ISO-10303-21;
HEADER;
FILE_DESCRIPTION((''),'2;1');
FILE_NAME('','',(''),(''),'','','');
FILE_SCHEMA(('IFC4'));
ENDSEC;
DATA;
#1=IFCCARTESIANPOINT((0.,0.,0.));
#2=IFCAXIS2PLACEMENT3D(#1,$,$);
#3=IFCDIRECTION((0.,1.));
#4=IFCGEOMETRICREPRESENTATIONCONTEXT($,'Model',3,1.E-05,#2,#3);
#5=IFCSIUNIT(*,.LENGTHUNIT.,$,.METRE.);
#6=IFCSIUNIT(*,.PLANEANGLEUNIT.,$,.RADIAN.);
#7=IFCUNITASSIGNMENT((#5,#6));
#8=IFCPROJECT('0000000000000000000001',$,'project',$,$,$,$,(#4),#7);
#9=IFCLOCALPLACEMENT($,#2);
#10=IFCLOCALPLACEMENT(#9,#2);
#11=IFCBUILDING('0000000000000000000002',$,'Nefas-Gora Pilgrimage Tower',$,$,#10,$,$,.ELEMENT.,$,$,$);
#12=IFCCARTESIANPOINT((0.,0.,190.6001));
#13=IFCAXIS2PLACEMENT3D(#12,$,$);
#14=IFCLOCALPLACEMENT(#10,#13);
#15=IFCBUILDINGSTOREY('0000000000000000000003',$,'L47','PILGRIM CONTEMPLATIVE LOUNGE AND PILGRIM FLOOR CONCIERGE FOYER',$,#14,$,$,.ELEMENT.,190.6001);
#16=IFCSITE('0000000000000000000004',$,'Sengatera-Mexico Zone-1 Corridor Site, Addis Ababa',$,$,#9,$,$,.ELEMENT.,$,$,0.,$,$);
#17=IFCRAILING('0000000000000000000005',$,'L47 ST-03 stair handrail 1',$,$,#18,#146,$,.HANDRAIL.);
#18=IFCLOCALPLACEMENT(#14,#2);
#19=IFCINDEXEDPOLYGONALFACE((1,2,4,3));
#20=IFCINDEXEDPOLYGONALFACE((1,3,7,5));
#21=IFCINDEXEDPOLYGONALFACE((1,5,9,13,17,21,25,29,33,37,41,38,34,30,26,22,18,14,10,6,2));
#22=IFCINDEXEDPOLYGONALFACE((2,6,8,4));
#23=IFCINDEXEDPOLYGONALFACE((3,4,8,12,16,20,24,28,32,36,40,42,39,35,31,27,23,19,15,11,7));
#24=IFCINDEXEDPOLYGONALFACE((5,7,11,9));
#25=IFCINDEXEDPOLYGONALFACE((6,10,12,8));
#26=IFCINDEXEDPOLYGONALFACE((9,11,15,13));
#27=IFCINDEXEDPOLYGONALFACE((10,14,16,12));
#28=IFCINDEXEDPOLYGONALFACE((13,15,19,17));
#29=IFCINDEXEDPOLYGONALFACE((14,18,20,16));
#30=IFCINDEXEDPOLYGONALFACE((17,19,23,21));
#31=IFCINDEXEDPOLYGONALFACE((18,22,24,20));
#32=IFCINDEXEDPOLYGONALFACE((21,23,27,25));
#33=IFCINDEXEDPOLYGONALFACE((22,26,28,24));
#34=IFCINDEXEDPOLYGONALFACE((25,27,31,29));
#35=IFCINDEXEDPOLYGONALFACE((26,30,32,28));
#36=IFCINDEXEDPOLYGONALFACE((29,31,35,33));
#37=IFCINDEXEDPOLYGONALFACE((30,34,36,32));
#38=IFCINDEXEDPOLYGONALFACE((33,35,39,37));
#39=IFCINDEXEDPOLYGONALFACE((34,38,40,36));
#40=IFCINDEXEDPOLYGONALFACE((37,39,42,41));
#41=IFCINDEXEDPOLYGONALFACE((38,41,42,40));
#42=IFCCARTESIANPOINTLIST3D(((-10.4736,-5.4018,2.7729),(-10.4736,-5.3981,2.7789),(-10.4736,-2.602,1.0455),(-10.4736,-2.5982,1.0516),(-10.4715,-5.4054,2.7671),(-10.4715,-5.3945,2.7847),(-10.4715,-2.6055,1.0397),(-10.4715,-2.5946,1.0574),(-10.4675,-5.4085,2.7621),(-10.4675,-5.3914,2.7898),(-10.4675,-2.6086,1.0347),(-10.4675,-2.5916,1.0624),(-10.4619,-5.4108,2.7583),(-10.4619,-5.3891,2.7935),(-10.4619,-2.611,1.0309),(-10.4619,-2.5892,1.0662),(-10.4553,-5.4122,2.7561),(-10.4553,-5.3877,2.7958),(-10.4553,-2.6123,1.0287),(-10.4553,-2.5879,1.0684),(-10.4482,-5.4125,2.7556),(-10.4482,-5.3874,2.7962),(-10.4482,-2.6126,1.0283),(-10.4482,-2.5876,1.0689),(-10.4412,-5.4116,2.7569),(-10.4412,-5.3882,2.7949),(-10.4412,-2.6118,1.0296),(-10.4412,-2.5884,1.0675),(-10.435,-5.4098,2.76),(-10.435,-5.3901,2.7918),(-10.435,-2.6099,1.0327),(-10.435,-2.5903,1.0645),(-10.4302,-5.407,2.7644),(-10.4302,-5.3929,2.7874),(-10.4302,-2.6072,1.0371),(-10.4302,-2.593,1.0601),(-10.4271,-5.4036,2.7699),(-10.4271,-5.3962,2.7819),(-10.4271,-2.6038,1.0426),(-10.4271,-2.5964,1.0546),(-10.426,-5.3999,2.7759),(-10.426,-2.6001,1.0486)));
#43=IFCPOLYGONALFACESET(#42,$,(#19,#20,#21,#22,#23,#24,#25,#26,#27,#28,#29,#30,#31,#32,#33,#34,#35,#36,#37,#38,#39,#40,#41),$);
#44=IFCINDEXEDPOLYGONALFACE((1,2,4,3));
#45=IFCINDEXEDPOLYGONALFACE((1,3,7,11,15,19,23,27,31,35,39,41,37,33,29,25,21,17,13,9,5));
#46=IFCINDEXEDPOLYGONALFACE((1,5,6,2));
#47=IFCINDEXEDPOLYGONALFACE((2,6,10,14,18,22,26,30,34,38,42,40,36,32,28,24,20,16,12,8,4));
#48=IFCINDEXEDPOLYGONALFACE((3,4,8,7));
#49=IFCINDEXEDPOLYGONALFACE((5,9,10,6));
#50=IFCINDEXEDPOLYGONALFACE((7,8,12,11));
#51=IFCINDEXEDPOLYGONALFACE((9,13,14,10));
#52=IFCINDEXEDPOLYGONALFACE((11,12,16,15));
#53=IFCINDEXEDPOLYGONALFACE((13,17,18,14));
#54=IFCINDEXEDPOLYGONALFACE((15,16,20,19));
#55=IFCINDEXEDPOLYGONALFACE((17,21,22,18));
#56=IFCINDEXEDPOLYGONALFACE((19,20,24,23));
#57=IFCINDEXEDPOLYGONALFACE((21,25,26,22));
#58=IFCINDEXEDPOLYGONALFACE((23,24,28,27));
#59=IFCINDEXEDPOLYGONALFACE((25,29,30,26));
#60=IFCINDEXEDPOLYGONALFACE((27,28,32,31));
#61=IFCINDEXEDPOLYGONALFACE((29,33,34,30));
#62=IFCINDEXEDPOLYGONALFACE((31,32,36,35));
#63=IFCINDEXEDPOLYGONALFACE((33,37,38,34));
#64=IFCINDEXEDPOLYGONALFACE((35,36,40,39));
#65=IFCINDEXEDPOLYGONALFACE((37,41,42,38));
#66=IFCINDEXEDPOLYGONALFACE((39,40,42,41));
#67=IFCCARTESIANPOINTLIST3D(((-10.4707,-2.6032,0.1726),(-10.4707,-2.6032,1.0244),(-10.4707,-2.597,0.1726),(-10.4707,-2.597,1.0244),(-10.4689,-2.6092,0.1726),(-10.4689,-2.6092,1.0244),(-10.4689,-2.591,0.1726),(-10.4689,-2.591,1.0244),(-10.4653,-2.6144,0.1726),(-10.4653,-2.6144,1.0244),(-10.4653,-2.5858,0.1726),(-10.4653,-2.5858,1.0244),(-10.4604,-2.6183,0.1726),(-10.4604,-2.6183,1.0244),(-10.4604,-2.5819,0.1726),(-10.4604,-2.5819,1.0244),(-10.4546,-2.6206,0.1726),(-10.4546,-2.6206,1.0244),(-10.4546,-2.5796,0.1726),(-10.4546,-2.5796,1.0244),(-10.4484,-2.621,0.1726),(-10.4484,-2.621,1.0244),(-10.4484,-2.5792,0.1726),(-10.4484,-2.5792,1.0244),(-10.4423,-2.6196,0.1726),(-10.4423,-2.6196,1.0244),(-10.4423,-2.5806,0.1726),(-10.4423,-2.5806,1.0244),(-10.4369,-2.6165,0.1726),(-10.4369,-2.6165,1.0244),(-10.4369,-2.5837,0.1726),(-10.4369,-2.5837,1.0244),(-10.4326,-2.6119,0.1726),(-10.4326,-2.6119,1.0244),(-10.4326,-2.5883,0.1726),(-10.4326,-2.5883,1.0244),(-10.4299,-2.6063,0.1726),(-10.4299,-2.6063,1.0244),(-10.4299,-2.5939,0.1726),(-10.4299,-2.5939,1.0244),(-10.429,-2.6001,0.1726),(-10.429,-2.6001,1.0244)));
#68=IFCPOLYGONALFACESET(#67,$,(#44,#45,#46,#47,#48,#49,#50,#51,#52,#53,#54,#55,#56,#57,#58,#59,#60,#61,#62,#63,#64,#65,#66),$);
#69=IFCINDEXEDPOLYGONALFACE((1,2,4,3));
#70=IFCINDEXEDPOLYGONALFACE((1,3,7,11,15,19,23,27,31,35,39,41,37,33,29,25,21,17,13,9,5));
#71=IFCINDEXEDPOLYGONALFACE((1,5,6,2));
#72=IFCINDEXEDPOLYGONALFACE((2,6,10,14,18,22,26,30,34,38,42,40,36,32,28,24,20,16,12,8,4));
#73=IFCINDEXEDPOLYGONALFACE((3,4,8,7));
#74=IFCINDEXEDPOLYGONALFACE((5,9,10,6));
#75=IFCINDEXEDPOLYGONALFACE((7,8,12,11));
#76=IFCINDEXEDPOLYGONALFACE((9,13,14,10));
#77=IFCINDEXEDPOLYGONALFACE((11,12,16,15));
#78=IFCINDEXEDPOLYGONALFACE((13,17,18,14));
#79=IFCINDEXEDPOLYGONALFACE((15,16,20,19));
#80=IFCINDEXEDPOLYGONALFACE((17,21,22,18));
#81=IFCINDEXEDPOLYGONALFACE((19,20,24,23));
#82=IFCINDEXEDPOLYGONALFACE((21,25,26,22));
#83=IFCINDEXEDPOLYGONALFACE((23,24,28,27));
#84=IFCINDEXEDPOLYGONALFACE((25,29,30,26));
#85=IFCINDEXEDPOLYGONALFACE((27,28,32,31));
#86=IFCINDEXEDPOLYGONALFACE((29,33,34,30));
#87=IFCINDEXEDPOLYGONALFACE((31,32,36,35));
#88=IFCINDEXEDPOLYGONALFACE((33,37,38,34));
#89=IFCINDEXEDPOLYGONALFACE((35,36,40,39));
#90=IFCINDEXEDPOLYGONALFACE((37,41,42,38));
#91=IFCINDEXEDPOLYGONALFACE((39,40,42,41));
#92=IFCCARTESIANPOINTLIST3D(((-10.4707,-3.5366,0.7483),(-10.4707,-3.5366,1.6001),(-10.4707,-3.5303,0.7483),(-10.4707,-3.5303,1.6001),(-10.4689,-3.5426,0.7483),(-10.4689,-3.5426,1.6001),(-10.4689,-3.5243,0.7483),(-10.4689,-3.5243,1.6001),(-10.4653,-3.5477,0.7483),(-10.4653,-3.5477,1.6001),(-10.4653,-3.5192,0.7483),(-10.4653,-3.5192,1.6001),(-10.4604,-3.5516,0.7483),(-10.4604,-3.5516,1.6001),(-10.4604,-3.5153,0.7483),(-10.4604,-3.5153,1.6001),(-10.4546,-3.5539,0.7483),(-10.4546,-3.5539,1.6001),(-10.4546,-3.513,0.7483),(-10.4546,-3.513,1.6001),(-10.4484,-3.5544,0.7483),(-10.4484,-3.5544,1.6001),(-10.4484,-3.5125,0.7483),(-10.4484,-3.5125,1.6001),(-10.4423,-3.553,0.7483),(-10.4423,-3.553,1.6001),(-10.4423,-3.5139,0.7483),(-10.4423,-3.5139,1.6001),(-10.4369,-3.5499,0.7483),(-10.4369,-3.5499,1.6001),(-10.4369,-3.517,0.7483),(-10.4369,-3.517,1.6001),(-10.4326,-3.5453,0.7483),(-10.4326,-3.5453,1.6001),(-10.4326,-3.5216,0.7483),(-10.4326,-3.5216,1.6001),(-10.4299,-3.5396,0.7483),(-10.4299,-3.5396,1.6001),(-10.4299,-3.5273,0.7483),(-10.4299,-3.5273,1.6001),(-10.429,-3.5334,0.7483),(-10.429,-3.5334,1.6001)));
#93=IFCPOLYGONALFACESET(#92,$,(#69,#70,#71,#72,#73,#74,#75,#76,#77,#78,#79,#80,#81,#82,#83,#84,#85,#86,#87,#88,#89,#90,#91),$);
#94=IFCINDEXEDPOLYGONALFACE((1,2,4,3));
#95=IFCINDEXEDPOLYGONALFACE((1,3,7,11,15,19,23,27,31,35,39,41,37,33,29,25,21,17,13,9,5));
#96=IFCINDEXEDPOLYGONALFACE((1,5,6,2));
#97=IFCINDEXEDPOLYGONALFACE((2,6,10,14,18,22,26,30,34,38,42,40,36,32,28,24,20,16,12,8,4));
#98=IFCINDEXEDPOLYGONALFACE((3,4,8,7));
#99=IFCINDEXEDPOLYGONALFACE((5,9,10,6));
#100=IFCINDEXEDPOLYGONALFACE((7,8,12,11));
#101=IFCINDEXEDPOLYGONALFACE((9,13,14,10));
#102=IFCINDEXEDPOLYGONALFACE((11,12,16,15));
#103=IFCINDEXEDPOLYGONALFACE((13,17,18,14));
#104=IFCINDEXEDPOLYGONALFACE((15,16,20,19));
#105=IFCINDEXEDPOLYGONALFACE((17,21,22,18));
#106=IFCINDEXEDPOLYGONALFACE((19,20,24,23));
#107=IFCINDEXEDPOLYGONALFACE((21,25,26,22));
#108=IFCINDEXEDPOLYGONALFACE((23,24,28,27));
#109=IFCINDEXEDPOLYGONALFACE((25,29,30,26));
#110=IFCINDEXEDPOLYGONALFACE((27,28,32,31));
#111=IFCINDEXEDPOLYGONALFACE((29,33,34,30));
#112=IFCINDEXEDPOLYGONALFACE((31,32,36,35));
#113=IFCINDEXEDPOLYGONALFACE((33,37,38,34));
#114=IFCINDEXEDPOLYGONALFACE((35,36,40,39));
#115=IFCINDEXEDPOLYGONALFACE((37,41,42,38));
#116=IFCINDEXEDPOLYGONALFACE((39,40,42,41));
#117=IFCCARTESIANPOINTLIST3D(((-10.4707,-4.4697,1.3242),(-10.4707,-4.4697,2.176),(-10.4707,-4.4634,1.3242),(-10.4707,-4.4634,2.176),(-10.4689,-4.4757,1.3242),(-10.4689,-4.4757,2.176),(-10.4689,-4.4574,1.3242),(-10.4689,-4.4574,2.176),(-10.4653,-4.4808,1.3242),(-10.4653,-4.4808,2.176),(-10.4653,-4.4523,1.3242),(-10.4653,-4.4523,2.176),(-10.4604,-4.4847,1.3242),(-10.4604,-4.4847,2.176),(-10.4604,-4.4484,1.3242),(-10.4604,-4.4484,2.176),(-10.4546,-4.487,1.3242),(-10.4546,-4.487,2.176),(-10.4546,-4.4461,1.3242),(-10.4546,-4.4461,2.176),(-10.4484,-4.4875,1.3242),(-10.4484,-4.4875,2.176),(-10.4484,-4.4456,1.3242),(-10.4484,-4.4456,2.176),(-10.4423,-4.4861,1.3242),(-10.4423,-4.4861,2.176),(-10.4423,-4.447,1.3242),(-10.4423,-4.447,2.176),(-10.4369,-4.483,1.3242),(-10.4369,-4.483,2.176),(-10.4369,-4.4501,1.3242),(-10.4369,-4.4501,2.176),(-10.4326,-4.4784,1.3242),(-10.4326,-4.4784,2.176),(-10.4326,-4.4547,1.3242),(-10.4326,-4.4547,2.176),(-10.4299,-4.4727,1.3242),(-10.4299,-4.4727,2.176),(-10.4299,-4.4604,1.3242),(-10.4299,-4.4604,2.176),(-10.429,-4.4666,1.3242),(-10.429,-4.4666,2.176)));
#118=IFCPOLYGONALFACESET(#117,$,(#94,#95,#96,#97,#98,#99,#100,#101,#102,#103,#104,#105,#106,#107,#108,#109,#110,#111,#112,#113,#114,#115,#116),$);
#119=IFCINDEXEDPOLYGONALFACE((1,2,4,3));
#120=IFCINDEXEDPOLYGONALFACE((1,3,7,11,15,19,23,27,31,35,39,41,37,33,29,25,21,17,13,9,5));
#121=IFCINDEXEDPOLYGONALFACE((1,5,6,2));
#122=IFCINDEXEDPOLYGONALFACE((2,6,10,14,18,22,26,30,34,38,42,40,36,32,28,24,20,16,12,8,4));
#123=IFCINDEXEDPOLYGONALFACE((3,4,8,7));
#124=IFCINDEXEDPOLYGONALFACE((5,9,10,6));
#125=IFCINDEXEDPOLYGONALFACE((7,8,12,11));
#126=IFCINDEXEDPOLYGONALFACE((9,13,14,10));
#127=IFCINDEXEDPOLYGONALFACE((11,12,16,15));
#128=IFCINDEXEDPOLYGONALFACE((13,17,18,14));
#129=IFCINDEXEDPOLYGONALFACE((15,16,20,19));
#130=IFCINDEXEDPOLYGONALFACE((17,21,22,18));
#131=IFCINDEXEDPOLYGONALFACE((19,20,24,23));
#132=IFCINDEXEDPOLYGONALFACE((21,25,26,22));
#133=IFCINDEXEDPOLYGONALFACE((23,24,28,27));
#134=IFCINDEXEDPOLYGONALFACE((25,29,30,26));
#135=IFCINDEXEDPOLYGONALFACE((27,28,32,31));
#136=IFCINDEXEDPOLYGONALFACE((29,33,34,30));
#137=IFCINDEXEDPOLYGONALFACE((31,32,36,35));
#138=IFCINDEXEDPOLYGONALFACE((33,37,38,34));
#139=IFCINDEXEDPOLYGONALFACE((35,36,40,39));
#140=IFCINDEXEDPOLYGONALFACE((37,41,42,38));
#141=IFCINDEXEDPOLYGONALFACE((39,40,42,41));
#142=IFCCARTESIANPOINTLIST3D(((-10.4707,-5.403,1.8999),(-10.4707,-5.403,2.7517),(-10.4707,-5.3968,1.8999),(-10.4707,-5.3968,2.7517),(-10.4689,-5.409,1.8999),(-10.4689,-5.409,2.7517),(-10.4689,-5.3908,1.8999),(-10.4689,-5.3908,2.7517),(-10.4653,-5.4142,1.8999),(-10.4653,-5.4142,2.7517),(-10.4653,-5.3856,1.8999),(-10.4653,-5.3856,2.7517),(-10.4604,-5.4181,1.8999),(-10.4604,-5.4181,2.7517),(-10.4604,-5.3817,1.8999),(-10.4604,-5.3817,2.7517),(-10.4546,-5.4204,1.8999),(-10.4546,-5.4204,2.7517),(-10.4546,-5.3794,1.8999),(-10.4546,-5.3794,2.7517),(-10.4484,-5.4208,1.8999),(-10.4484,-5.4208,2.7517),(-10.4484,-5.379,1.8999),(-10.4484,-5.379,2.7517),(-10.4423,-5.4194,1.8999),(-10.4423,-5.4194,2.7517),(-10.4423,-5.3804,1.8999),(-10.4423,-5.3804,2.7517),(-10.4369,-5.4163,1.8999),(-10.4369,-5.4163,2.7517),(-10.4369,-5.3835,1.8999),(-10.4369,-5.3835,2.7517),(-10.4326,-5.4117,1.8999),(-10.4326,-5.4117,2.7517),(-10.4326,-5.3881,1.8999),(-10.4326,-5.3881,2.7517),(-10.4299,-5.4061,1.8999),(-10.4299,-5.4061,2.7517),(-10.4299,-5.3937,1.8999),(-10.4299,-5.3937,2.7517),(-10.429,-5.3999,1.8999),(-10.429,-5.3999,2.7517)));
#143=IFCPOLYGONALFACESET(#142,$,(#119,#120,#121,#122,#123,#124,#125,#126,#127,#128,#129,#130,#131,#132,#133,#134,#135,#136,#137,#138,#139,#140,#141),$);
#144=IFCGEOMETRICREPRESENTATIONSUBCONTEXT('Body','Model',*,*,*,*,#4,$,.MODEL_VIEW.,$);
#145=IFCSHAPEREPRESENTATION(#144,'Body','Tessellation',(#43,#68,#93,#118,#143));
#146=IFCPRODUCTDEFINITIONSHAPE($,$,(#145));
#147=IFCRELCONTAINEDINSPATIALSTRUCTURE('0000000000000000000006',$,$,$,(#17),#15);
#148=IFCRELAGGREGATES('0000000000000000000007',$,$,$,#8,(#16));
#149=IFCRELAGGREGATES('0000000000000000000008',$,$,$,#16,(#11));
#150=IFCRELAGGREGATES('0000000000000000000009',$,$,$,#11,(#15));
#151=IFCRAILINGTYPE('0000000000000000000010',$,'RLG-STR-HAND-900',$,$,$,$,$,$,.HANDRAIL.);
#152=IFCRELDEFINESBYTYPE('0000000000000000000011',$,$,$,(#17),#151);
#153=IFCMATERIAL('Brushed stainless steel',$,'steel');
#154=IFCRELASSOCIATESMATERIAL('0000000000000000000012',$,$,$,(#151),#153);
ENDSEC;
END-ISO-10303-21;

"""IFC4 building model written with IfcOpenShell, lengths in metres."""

from ifc_helpers import new_model, si_unit, direction, frame, origin, origin_2d, place, context, subcontext, project, spatial, circle, extrude, material, type_object, element, save


model = new_model("IFC4")

# Units and contexts
model_context = context("Model", 3, precision=1e-05, world=origin(), true_north=direction((0.0, 1.0)))
body_context = subcontext(model_context, "Body", "Model", "MODEL_VIEW")
ifc_project = project(units=[si_unit("LENGTHUNIT", "METRE"), si_unit("PLANEANGLEUNIT", "RADIAN")], contexts=[model_context])

# Site, building, storey
site_placement = place(None, origin())
site = spatial("IfcSite", under=ifc_project, at=site_placement, Name="Sengatera-Mexico Zone-1 Corridor Site, Addis Ababa", CompositionType="ELEMENT", RefElevation=0.0)
building_placement = place(site_placement, origin())
building = spatial("IfcBuilding", under=site, at=building_placement, Name="Nefas-Gora Pilgrimage Tower", CompositionType="ELEMENT")
storey_placement = place(building_placement, frame((0.0, 0.0, 190.6001)))
storey = spatial("IfcBuildingStorey", under=building, at=storey_placement, Name="L47", Description="PILGRIM CONTEMPLATIVE LOUNGE AND PILGRIM FLOOR CONCIERGE FOYER", CompositionType="ELEMENT", Elevation=190.6001)

# Railing
ifc_material_1 = material(Name="Brushed stainless steel", Category="steel")
railing_type_1 = type_object("IfcRailingType", Name="RLG-STR-HAND-900", PredefinedType="HANDRAIL", material=ifc_material_1)
railing_1_placement = place(storey_placement, frame((-10.45, -2.6001, 0.1726)))
element("IfcRailing", 1, at=railing_1_placement, inside=storey, type_object=railing_type_1, Name="L47 ST-03 stair handrail 1", PredefinedType="HANDRAIL", context=body_context, shape_type="SweptSolid", body=[
    extrude(circle(Radius=0.0239, at=origin_2d()), frame((0.0, 0.0, 0.876), z_axis=(0.0, -0.851069, 0.525054), x_axis=(1.0, 0.0, 0.0)), (0.0, 0.0, 1.0), 3.2898),
    extrude(circle(Radius=0.021, at=origin_2d()), origin(), (0.0, 0.0, 1.0), 0.8518),
    extrude(circle(Radius=0.021, at=origin_2d()), frame((0.0, -0.9333, 0.5757)), (0.0, 0.0, 1.0), 0.8518),
    extrude(circle(Radius=0.021, at=origin_2d()), frame((0.0, -1.8665, 1.1516)), (0.0, 0.0, 1.0), 0.8518),
    extrude(circle(Radius=0.021, at=origin_2d()), frame((0.0, -2.7998, 1.7273)), (0.0, 0.0, 1.0), 0.8518),
])

save(model, "model.ifc")
